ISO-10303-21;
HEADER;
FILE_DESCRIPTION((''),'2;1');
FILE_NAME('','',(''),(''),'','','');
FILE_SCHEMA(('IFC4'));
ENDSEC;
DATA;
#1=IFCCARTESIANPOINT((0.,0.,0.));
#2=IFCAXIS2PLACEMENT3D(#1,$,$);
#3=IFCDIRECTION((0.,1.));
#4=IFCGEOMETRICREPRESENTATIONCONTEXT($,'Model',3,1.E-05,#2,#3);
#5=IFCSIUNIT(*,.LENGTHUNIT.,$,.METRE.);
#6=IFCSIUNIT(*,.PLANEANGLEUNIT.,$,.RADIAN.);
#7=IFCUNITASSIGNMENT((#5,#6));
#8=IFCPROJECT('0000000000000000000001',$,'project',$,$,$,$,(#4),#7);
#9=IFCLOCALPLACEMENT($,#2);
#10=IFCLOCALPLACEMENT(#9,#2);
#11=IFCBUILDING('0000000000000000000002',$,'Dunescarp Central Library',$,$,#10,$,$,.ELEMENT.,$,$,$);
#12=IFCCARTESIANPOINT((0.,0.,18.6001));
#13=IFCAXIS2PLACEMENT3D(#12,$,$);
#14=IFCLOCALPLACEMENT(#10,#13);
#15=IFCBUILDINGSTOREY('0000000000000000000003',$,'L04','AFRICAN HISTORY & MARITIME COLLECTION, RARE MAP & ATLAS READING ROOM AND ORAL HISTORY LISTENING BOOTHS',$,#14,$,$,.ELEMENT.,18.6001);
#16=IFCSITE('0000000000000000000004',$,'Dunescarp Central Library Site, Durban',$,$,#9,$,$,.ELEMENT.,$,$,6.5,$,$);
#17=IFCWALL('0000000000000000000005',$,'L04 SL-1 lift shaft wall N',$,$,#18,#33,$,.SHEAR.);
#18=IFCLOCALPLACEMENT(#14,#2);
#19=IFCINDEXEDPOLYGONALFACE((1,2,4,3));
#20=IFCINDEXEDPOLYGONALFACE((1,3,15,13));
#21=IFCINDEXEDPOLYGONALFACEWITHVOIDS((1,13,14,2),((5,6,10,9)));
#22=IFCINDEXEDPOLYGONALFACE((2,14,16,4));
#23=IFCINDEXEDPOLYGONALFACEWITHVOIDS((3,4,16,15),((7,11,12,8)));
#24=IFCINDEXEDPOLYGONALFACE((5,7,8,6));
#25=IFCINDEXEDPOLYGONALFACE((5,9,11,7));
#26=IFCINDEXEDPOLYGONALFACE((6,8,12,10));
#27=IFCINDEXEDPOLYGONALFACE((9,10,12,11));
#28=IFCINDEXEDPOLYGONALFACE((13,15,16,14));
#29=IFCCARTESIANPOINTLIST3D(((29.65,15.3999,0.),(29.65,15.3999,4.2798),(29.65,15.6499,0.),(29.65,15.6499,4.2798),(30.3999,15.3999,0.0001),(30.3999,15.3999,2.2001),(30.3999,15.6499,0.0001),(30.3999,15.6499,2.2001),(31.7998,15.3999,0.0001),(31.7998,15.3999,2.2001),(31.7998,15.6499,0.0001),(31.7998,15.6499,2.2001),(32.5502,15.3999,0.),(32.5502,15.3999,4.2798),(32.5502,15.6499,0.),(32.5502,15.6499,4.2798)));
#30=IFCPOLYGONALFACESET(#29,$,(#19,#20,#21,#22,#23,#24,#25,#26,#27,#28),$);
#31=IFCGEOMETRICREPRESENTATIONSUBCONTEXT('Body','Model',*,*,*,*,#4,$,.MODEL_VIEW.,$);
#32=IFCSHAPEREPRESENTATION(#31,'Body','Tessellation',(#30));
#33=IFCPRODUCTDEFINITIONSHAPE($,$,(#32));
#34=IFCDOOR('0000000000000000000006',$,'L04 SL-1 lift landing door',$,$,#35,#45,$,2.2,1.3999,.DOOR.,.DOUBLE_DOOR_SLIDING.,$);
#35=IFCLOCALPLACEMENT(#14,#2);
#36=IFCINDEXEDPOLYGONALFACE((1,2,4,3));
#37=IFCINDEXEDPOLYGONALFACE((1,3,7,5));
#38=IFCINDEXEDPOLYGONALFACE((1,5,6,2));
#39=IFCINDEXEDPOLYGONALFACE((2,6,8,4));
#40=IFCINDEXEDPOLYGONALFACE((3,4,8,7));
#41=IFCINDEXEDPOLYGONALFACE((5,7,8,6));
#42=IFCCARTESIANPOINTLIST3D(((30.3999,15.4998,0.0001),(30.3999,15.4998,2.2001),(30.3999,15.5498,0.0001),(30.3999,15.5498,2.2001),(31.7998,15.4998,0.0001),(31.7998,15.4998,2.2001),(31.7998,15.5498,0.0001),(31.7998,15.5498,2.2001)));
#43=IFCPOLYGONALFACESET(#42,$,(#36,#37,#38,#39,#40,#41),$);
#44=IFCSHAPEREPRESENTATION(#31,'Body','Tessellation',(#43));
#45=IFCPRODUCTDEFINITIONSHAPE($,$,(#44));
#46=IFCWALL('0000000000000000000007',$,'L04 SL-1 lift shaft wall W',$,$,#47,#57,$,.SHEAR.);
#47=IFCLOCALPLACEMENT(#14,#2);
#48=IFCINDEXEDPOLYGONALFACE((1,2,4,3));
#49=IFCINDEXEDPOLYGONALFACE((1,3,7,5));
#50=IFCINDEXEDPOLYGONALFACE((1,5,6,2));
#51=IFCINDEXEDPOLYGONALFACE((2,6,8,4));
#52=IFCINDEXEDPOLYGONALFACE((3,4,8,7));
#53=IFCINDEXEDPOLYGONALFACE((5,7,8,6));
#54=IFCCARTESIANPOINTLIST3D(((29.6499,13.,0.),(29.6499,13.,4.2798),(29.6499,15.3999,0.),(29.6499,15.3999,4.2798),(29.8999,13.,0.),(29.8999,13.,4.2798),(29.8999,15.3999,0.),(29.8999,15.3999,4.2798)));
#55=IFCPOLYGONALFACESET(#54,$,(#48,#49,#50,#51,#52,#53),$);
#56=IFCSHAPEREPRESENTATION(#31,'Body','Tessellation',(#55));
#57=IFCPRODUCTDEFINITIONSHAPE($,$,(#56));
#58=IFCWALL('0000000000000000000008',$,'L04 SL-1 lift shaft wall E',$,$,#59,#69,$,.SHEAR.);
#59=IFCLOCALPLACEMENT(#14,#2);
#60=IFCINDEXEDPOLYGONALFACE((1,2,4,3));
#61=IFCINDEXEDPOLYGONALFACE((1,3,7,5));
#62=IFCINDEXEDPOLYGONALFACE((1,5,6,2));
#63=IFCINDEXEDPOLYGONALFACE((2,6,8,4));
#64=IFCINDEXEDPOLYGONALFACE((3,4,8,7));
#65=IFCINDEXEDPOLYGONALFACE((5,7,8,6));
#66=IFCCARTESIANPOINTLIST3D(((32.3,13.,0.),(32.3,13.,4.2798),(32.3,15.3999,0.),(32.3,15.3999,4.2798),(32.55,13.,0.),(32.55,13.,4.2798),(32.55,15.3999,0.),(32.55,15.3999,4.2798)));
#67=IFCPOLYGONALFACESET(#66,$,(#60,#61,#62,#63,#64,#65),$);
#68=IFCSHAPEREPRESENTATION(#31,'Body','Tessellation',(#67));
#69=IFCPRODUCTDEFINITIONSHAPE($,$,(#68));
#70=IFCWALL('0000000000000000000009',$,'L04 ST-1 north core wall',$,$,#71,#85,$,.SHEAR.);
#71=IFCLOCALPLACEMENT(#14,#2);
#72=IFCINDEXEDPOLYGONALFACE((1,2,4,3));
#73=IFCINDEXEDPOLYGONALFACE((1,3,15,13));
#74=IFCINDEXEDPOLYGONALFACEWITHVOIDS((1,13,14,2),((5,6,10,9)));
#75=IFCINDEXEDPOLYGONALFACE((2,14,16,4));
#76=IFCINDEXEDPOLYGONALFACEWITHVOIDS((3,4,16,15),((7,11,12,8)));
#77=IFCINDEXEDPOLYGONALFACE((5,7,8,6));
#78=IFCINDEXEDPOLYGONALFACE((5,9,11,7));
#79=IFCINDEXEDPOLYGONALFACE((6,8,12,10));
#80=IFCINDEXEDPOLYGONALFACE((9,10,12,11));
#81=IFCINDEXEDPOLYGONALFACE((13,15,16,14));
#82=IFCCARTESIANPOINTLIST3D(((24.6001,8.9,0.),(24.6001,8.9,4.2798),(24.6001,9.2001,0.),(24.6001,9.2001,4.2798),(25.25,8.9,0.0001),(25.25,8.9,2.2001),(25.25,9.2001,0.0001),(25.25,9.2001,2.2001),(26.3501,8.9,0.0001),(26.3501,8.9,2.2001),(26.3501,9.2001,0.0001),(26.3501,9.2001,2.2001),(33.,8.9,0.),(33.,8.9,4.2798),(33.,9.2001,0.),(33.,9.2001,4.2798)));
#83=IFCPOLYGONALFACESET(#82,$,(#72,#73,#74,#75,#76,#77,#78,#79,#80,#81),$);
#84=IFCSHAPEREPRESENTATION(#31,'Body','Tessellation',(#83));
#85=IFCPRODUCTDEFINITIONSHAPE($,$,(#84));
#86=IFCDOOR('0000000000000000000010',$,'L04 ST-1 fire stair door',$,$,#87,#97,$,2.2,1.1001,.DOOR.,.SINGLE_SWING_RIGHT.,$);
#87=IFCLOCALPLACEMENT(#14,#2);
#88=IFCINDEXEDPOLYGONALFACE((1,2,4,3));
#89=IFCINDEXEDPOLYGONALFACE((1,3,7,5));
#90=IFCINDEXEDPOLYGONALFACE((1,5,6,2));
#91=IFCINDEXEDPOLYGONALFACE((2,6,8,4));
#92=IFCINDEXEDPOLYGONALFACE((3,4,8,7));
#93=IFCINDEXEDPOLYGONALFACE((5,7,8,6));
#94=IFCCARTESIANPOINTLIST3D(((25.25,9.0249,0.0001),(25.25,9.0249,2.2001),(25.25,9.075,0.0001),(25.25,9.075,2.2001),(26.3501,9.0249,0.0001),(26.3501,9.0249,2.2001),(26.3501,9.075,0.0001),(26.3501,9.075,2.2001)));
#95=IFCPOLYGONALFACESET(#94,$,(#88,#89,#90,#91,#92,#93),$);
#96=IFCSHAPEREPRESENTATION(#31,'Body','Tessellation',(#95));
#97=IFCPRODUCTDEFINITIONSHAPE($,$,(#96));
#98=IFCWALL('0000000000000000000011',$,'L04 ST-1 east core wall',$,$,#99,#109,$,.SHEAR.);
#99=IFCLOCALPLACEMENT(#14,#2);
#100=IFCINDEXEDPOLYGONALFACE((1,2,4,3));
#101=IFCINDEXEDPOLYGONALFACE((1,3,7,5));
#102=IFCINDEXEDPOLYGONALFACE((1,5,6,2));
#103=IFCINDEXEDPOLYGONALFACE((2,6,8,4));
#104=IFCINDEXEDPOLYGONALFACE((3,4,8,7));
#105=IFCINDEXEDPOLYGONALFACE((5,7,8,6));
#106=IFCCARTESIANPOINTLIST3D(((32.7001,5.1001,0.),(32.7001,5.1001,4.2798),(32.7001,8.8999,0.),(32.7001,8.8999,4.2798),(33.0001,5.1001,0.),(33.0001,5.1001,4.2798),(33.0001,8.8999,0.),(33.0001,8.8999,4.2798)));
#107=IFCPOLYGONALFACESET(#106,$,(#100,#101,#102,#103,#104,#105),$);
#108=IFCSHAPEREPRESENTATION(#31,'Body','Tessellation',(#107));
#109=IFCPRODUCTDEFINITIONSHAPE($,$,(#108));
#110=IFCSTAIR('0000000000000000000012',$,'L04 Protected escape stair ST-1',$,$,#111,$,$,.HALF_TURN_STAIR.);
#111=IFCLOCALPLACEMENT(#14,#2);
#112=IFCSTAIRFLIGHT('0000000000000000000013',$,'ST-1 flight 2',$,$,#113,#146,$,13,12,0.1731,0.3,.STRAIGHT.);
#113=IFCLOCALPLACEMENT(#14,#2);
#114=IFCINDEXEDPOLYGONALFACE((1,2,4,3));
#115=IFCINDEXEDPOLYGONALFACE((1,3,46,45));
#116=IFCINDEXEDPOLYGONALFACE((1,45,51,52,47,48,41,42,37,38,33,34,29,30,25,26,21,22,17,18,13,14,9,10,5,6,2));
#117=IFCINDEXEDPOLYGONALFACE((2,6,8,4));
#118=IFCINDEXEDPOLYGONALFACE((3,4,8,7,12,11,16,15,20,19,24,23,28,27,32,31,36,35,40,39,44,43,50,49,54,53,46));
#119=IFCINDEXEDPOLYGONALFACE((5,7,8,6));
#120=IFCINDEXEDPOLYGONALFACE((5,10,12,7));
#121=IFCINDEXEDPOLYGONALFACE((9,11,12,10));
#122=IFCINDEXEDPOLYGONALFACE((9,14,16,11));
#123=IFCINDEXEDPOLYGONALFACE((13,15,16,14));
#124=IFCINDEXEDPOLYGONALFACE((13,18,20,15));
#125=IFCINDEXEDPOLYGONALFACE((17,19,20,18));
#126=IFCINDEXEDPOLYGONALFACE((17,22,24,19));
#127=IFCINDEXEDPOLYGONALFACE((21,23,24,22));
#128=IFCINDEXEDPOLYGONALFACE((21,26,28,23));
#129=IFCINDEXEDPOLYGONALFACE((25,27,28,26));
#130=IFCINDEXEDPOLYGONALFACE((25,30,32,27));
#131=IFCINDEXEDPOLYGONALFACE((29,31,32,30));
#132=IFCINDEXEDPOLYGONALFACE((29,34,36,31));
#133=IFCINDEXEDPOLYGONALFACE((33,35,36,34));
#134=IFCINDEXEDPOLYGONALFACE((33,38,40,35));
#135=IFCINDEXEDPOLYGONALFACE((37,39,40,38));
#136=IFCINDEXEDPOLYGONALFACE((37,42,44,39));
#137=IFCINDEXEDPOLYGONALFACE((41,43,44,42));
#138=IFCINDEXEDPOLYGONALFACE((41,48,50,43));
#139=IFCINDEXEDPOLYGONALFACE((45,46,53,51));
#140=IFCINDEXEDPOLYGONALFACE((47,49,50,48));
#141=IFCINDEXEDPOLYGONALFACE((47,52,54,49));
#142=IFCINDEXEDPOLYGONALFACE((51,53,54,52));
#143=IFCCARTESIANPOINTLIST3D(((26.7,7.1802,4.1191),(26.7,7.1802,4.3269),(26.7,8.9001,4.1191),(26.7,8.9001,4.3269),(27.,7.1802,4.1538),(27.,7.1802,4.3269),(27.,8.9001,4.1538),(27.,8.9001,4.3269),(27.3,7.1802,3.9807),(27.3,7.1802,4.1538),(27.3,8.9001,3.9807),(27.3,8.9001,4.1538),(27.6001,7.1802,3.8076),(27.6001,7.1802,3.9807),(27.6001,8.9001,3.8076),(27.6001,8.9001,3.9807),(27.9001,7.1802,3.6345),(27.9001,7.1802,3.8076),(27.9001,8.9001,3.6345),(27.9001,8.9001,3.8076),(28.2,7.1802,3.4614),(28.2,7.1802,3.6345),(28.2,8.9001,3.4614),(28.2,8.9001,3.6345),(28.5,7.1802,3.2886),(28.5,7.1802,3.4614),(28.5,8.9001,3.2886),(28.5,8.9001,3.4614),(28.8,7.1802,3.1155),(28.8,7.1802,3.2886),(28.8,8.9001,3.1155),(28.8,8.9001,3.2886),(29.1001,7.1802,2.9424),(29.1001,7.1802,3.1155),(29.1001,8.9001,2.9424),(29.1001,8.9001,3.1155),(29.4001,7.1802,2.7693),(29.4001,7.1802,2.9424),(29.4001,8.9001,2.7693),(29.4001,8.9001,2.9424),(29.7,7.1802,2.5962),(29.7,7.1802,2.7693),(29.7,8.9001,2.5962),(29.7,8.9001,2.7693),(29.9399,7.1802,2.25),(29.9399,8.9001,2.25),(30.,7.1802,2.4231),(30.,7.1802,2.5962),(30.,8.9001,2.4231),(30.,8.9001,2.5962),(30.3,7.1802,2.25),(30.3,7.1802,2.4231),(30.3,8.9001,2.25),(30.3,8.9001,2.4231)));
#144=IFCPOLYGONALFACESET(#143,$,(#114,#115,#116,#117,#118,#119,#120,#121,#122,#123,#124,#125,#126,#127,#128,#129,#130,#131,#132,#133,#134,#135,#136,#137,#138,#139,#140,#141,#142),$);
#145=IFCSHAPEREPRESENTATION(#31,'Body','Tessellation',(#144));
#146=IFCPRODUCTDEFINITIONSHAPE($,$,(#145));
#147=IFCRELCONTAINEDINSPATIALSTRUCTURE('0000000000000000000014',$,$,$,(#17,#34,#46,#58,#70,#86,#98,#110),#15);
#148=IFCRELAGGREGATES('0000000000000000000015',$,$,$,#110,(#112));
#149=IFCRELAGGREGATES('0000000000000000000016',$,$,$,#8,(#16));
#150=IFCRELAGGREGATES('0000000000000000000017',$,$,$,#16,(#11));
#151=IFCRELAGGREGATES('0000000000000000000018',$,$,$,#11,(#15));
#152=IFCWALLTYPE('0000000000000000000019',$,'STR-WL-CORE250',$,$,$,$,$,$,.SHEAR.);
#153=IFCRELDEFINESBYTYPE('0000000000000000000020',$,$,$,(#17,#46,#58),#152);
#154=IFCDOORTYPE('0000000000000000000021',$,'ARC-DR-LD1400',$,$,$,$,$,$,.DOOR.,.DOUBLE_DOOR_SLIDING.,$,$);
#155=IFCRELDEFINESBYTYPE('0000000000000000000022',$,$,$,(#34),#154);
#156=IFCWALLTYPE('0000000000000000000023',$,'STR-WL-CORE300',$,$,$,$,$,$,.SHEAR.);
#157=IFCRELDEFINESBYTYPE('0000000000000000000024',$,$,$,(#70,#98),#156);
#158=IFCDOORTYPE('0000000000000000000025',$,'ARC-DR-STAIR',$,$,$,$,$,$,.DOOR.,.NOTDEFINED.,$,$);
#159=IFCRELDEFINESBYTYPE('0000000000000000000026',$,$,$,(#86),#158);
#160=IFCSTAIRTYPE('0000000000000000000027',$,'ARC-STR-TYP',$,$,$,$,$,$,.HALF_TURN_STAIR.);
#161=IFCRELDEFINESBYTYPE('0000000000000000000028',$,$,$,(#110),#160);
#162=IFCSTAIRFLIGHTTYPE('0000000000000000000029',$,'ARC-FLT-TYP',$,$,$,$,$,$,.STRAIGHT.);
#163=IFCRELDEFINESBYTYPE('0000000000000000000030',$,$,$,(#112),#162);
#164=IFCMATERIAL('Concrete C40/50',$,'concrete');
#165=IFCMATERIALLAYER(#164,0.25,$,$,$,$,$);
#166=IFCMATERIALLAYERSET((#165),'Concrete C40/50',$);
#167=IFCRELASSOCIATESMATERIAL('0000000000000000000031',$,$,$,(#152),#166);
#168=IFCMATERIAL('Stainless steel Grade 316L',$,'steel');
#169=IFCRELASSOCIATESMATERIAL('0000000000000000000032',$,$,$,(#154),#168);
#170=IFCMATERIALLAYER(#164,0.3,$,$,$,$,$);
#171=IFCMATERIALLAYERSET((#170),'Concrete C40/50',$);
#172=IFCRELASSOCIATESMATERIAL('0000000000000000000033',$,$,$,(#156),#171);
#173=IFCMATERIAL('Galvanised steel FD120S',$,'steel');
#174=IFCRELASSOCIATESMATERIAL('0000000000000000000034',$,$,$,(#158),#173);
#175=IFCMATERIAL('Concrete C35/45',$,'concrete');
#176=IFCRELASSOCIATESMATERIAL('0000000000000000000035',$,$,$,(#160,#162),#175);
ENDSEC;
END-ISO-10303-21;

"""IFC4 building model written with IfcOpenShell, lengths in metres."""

from ifc_helpers import new_model, si_unit, direction, frame, frame_2d, origin, place, context, subcontext, project, spatial, polyline, rectangle, outline, extrude, material, layer, layer_set, type_object, element, fill, aggregate, save


model = new_model("IFC4")

# Units and contexts
model_context = context("Model", 3, precision=1e-05, world=origin(), true_north=direction((0.0, 1.0)))
body_context = subcontext(model_context, "Body", "Model", "MODEL_VIEW")
ifc_project = project(units=[si_unit("LENGTHUNIT", "METRE"), si_unit("PLANEANGLEUNIT", "RADIAN")], contexts=[model_context])

# Site, building, storey
site_placement = place(None, origin())
site = spatial("IfcSite", under=ifc_project, at=site_placement, Name="Dunescarp Central Library Site, Durban", CompositionType="ELEMENT", RefElevation=6.5)
building_placement = place(site_placement, origin())
building = spatial("IfcBuilding", under=site, at=building_placement, Name="Dunescarp Central Library", CompositionType="ELEMENT")
storey_placement = place(building_placement, frame((0.0, 0.0, 18.6001)))
storey = spatial("IfcBuildingStorey", under=building, at=storey_placement, Name="L04", Description="AFRICAN HISTORY & MARITIME COLLECTION, RARE MAP & ATLAS READING ROOM AND ORAL HISTORY LISTENING BOOTHS", CompositionType="ELEMENT", Elevation=18.6001)

# Shared definitions
ifc_material_1 = material(Name="Concrete C35/45", Category="concrete")

# Shared definitions
ifc_material_2 = material(Name="Concrete C40/50", Category="concrete")
ifc_layer_1 = layer(ifc_material_2, 0.25)
ifc_layer_set_1 = layer_set([ifc_layer_1], Name="Concrete C40/50")
wall_type_1 = type_object("IfcWallType", Name="STR-WL-CORE250", PredefinedType="SHEAR", material=ifc_layer_set_1)

# Shared definitions
ifc_material_3 = material(Name="Stainless steel Grade 316L", Category="steel")
door_type_1 = type_object("IfcDoorType", Name="ARC-DR-LD1400", OperationType="DOUBLE_DOOR_SLIDING", PredefinedType="DOOR", material=ifc_material_3)

# Wall, opening, door
wall_1_placement = place(storey_placement, frame((29.6499, 15.5249, 0.0), z_axis=(0.0, 0.0, 1.0), x_axis=(1.0, 0.0, 0.0)))
wall_1 = element("IfcWall", 1, at=wall_1_placement, inside=storey, type_object=wall_type_1, Name="L04 SL-1 lift shaft wall N", PredefinedType="SHEAR", context=body_context, shape_type="SweptSolid", body=[
    extrude(rectangle(XDim=2.9001, YDim=0.25, at=frame_2d((1.4502, 0.0))), origin(), (0.0, 0.0, 1.0), 4.2798),
])
opening_1_placement = place(wall_1_placement, frame((0.75, 0.0, 0.0)))
opening_1 = element("IfcOpeningElement", 2, at=opening_1_placement, cuts=wall_1, PredefinedType="OPENING", context=body_context, shape_type="SweptSolid", body=[
    extrude(rectangle(XDim=1.3999, YDim=2.2, at=frame_2d((0.7, 1.1001))), frame((0.0, 0.135, 0.0), z_axis=(0.0, -1.0, 0.0), x_axis=(1.0, 0.0, 0.0)), (0.0, 0.0, 1.0), 0.27),
])
door_1_placement = place(opening_1_placement, origin())
door_1 = element("IfcDoor", 3, at=door_1_placement, inside=storey, type_object=door_type_1, Name="L04 SL-1 lift landing door", OperationType="DOUBLE_DOOR_SLIDING", OverallHeight=2.2, OverallWidth=1.3999, PredefinedType="DOOR", context=body_context, shape_type="SweptSolid", body=[
    extrude(rectangle(XDim=1.3999, YDim=2.2, at=frame_2d((0.7, 1.1001))), frame((0.0, 0.0249, 0.0), z_axis=(0.0, -1.0, 0.0), x_axis=(1.0, 0.0, 0.0)), (0.0, 0.0, 1.0), 0.05),
])
fill(opening_1, door_1)

# Walls
for number, where, z_axis, x_axis, name in (
    (4, (29.7749, 13.0, 0.0), (0.0, 0.0, 1.0), (0.0, 1.0, 0.0), "L04 SL-1 lift shaft wall W"),
    (5, (32.425, 15.3999, 0.0), (0.0, 0.0, 1.0), (0.0, -1.0, 0.0), "L04 SL-1 lift shaft wall E"),
):
    element("IfcWall", number, at=place(storey_placement, frame(where, z_axis=z_axis, x_axis=x_axis)), inside=storey, type_object=wall_type_1, Name=name, PredefinedType="SHEAR", context=body_context, shape_type="SweptSolid", body=[
        extrude(rectangle(XDim=2.3999, YDim=0.25, at=frame_2d((1.2, 0.0))), origin(), (0.0, 0.0, 1.0), 4.2798),
    ])

# Wall, opening, door
ifc_layer_2 = layer(ifc_material_2, 0.3)
ifc_layer_set_2 = layer_set([ifc_layer_2], Name="Concrete C40/50")
wall_type_2 = type_object("IfcWallType", Name="STR-WL-CORE300", PredefinedType="SHEAR", material=ifc_layer_set_2)
wall_2_placement = place(storey_placement, frame((24.6001, 9.05, 0.0), z_axis=(0.0, 0.0, 1.0), x_axis=(1.0, 0.0, 0.0)))
wall_2 = element("IfcWall", 6, at=wall_2_placement, inside=storey, type_object=wall_type_2, Name="L04 ST-1 north core wall", PredefinedType="SHEAR", context=body_context, shape_type="SweptSolid", body=[
    extrude(rectangle(XDim=8.3999, YDim=0.3, at=frame_2d((4.2, 0.0))), origin(), (0.0, 0.0, 1.0), 4.2798),
])
opening_2_placement = place(wall_2_placement, frame((0.6499, 0.0, 0.0)))
opening_2 = element("IfcOpeningElement", 7, at=opening_2_placement, cuts=wall_2, PredefinedType="OPENING", context=body_context, shape_type="SweptSolid", body=[
    extrude(rectangle(XDim=1.1001, YDim=2.2, at=frame_2d((0.55, 1.1001))), frame((0.0, 0.1602, 0.0), z_axis=(0.0, -1.0, 0.0), x_axis=(1.0, 0.0, 0.0)), (0.0, 0.0, 1.0), 0.3201),
])
ifc_material_4 = material(Name="Galvanised steel FD120S", Category="steel")
door_type_2 = type_object("IfcDoorType", Name="ARC-DR-STAIR", OperationType="NOTDEFINED", PredefinedType="DOOR", material=ifc_material_4)
door_2_placement = place(opening_2_placement, origin())
door_2 = element("IfcDoor", 8, at=door_2_placement, inside=storey, type_object=door_type_2, Name="L04 ST-1 fire stair door", OperationType="SINGLE_SWING_RIGHT", OverallHeight=2.2, OverallWidth=1.1001, PredefinedType="DOOR", context=body_context, shape_type="SweptSolid", body=[
    extrude(rectangle(XDim=1.1001, YDim=2.2, at=frame_2d((0.55, 1.1001))), frame((0.0, 0.0249, 0.0), z_axis=(0.0, -1.0, 0.0), x_axis=(1.0, 0.0, 0.0)), (0.0, 0.0, 1.0), 0.05),
])
fill(opening_2, door_2)

# Wall
wall_3_placement = place(storey_placement, frame((32.8501, 8.8999, 0.0), z_axis=(0.0, 0.0, 1.0), x_axis=(0.0, -1.0, 0.0)))
element("IfcWall", 9, at=wall_3_placement, inside=storey, type_object=wall_type_2, Name="L04 ST-1 east core wall", PredefinedType="SHEAR", context=body_context, shape_type="SweptSolid", body=[
    extrude(rectangle(XDim=3.7998, YDim=0.3, at=frame_2d((1.8999, 0.0))), origin(), (0.0, 0.0, 1.0), 4.2798),
])

# Stair, stair flight
stair_type = type_object("IfcStairType", Name="ARC-STR-TYP", PredefinedType="HALF_TURN_STAIR", material=ifc_material_1)
stair_placement = place(storey_placement, origin())
stair = element("IfcStair", 10, at=stair_placement, inside=storey, type_object=stair_type, Name="L04 Protected escape stair ST-1", PredefinedType="HALF_TURN_STAIR")
stair_flight_type = type_object("IfcStairFlightType", Name="ARC-FLT-TYP", PredefinedType="STRAIGHT", material=ifc_material_1)
stair_flight_placement = place(storey_placement, frame((30.3, 8.04, 2.25), z_axis=(0.0, 0.0, 1.0), x_axis=(-1.0, 0.0, 0.0)))
stair_flight = element("IfcStairFlight", 11, at=stair_flight_placement, type_object=stair_flight_type, Name="ST-1 flight 2", NumberOfRisers=13, NumberOfTreads=12, PredefinedType="STRAIGHT", RiserHeight=0.1731, TreadLength=0.3, context=body_context, shape_type="SweptSolid", body=[
    extrude(outline(polyline([(0.0, 0.0), (0.0, 0.1731), (0.3, 0.1731), (0.3, 0.3462), (0.6001, 0.3462), (0.6001, 0.5193), (0.8999, 0.5193), (0.8999, 0.6924), (1.2, 0.6924), (1.2, 0.8655), (1.5, 0.8655), (1.5, 1.0386), (1.8, 1.0386), (1.8, 1.2114), (2.1001, 1.2114), (2.1001, 1.3845), (2.3999, 1.3845), (2.3999, 1.5576), (2.7, 1.5576), (2.7, 1.7307), (3.0, 1.7307), (3.0, 1.9038), (3.3, 1.9038), (3.3, 2.0769), (3.6001, 2.0769), (3.6001, 2.25), (3.6001, 1.8691), (0.3601, 0.0), (0.0, 0.0)])), frame((0.0, 0.8599, 0.0), z_axis=(0.0, -1.0, 0.0), x_axis=(1.0, 0.0, 0.0)), (0.0, 0.0, 1.0), 1.72),
])
aggregate(stair, [stair_flight])

save(model, "model.ifc")
